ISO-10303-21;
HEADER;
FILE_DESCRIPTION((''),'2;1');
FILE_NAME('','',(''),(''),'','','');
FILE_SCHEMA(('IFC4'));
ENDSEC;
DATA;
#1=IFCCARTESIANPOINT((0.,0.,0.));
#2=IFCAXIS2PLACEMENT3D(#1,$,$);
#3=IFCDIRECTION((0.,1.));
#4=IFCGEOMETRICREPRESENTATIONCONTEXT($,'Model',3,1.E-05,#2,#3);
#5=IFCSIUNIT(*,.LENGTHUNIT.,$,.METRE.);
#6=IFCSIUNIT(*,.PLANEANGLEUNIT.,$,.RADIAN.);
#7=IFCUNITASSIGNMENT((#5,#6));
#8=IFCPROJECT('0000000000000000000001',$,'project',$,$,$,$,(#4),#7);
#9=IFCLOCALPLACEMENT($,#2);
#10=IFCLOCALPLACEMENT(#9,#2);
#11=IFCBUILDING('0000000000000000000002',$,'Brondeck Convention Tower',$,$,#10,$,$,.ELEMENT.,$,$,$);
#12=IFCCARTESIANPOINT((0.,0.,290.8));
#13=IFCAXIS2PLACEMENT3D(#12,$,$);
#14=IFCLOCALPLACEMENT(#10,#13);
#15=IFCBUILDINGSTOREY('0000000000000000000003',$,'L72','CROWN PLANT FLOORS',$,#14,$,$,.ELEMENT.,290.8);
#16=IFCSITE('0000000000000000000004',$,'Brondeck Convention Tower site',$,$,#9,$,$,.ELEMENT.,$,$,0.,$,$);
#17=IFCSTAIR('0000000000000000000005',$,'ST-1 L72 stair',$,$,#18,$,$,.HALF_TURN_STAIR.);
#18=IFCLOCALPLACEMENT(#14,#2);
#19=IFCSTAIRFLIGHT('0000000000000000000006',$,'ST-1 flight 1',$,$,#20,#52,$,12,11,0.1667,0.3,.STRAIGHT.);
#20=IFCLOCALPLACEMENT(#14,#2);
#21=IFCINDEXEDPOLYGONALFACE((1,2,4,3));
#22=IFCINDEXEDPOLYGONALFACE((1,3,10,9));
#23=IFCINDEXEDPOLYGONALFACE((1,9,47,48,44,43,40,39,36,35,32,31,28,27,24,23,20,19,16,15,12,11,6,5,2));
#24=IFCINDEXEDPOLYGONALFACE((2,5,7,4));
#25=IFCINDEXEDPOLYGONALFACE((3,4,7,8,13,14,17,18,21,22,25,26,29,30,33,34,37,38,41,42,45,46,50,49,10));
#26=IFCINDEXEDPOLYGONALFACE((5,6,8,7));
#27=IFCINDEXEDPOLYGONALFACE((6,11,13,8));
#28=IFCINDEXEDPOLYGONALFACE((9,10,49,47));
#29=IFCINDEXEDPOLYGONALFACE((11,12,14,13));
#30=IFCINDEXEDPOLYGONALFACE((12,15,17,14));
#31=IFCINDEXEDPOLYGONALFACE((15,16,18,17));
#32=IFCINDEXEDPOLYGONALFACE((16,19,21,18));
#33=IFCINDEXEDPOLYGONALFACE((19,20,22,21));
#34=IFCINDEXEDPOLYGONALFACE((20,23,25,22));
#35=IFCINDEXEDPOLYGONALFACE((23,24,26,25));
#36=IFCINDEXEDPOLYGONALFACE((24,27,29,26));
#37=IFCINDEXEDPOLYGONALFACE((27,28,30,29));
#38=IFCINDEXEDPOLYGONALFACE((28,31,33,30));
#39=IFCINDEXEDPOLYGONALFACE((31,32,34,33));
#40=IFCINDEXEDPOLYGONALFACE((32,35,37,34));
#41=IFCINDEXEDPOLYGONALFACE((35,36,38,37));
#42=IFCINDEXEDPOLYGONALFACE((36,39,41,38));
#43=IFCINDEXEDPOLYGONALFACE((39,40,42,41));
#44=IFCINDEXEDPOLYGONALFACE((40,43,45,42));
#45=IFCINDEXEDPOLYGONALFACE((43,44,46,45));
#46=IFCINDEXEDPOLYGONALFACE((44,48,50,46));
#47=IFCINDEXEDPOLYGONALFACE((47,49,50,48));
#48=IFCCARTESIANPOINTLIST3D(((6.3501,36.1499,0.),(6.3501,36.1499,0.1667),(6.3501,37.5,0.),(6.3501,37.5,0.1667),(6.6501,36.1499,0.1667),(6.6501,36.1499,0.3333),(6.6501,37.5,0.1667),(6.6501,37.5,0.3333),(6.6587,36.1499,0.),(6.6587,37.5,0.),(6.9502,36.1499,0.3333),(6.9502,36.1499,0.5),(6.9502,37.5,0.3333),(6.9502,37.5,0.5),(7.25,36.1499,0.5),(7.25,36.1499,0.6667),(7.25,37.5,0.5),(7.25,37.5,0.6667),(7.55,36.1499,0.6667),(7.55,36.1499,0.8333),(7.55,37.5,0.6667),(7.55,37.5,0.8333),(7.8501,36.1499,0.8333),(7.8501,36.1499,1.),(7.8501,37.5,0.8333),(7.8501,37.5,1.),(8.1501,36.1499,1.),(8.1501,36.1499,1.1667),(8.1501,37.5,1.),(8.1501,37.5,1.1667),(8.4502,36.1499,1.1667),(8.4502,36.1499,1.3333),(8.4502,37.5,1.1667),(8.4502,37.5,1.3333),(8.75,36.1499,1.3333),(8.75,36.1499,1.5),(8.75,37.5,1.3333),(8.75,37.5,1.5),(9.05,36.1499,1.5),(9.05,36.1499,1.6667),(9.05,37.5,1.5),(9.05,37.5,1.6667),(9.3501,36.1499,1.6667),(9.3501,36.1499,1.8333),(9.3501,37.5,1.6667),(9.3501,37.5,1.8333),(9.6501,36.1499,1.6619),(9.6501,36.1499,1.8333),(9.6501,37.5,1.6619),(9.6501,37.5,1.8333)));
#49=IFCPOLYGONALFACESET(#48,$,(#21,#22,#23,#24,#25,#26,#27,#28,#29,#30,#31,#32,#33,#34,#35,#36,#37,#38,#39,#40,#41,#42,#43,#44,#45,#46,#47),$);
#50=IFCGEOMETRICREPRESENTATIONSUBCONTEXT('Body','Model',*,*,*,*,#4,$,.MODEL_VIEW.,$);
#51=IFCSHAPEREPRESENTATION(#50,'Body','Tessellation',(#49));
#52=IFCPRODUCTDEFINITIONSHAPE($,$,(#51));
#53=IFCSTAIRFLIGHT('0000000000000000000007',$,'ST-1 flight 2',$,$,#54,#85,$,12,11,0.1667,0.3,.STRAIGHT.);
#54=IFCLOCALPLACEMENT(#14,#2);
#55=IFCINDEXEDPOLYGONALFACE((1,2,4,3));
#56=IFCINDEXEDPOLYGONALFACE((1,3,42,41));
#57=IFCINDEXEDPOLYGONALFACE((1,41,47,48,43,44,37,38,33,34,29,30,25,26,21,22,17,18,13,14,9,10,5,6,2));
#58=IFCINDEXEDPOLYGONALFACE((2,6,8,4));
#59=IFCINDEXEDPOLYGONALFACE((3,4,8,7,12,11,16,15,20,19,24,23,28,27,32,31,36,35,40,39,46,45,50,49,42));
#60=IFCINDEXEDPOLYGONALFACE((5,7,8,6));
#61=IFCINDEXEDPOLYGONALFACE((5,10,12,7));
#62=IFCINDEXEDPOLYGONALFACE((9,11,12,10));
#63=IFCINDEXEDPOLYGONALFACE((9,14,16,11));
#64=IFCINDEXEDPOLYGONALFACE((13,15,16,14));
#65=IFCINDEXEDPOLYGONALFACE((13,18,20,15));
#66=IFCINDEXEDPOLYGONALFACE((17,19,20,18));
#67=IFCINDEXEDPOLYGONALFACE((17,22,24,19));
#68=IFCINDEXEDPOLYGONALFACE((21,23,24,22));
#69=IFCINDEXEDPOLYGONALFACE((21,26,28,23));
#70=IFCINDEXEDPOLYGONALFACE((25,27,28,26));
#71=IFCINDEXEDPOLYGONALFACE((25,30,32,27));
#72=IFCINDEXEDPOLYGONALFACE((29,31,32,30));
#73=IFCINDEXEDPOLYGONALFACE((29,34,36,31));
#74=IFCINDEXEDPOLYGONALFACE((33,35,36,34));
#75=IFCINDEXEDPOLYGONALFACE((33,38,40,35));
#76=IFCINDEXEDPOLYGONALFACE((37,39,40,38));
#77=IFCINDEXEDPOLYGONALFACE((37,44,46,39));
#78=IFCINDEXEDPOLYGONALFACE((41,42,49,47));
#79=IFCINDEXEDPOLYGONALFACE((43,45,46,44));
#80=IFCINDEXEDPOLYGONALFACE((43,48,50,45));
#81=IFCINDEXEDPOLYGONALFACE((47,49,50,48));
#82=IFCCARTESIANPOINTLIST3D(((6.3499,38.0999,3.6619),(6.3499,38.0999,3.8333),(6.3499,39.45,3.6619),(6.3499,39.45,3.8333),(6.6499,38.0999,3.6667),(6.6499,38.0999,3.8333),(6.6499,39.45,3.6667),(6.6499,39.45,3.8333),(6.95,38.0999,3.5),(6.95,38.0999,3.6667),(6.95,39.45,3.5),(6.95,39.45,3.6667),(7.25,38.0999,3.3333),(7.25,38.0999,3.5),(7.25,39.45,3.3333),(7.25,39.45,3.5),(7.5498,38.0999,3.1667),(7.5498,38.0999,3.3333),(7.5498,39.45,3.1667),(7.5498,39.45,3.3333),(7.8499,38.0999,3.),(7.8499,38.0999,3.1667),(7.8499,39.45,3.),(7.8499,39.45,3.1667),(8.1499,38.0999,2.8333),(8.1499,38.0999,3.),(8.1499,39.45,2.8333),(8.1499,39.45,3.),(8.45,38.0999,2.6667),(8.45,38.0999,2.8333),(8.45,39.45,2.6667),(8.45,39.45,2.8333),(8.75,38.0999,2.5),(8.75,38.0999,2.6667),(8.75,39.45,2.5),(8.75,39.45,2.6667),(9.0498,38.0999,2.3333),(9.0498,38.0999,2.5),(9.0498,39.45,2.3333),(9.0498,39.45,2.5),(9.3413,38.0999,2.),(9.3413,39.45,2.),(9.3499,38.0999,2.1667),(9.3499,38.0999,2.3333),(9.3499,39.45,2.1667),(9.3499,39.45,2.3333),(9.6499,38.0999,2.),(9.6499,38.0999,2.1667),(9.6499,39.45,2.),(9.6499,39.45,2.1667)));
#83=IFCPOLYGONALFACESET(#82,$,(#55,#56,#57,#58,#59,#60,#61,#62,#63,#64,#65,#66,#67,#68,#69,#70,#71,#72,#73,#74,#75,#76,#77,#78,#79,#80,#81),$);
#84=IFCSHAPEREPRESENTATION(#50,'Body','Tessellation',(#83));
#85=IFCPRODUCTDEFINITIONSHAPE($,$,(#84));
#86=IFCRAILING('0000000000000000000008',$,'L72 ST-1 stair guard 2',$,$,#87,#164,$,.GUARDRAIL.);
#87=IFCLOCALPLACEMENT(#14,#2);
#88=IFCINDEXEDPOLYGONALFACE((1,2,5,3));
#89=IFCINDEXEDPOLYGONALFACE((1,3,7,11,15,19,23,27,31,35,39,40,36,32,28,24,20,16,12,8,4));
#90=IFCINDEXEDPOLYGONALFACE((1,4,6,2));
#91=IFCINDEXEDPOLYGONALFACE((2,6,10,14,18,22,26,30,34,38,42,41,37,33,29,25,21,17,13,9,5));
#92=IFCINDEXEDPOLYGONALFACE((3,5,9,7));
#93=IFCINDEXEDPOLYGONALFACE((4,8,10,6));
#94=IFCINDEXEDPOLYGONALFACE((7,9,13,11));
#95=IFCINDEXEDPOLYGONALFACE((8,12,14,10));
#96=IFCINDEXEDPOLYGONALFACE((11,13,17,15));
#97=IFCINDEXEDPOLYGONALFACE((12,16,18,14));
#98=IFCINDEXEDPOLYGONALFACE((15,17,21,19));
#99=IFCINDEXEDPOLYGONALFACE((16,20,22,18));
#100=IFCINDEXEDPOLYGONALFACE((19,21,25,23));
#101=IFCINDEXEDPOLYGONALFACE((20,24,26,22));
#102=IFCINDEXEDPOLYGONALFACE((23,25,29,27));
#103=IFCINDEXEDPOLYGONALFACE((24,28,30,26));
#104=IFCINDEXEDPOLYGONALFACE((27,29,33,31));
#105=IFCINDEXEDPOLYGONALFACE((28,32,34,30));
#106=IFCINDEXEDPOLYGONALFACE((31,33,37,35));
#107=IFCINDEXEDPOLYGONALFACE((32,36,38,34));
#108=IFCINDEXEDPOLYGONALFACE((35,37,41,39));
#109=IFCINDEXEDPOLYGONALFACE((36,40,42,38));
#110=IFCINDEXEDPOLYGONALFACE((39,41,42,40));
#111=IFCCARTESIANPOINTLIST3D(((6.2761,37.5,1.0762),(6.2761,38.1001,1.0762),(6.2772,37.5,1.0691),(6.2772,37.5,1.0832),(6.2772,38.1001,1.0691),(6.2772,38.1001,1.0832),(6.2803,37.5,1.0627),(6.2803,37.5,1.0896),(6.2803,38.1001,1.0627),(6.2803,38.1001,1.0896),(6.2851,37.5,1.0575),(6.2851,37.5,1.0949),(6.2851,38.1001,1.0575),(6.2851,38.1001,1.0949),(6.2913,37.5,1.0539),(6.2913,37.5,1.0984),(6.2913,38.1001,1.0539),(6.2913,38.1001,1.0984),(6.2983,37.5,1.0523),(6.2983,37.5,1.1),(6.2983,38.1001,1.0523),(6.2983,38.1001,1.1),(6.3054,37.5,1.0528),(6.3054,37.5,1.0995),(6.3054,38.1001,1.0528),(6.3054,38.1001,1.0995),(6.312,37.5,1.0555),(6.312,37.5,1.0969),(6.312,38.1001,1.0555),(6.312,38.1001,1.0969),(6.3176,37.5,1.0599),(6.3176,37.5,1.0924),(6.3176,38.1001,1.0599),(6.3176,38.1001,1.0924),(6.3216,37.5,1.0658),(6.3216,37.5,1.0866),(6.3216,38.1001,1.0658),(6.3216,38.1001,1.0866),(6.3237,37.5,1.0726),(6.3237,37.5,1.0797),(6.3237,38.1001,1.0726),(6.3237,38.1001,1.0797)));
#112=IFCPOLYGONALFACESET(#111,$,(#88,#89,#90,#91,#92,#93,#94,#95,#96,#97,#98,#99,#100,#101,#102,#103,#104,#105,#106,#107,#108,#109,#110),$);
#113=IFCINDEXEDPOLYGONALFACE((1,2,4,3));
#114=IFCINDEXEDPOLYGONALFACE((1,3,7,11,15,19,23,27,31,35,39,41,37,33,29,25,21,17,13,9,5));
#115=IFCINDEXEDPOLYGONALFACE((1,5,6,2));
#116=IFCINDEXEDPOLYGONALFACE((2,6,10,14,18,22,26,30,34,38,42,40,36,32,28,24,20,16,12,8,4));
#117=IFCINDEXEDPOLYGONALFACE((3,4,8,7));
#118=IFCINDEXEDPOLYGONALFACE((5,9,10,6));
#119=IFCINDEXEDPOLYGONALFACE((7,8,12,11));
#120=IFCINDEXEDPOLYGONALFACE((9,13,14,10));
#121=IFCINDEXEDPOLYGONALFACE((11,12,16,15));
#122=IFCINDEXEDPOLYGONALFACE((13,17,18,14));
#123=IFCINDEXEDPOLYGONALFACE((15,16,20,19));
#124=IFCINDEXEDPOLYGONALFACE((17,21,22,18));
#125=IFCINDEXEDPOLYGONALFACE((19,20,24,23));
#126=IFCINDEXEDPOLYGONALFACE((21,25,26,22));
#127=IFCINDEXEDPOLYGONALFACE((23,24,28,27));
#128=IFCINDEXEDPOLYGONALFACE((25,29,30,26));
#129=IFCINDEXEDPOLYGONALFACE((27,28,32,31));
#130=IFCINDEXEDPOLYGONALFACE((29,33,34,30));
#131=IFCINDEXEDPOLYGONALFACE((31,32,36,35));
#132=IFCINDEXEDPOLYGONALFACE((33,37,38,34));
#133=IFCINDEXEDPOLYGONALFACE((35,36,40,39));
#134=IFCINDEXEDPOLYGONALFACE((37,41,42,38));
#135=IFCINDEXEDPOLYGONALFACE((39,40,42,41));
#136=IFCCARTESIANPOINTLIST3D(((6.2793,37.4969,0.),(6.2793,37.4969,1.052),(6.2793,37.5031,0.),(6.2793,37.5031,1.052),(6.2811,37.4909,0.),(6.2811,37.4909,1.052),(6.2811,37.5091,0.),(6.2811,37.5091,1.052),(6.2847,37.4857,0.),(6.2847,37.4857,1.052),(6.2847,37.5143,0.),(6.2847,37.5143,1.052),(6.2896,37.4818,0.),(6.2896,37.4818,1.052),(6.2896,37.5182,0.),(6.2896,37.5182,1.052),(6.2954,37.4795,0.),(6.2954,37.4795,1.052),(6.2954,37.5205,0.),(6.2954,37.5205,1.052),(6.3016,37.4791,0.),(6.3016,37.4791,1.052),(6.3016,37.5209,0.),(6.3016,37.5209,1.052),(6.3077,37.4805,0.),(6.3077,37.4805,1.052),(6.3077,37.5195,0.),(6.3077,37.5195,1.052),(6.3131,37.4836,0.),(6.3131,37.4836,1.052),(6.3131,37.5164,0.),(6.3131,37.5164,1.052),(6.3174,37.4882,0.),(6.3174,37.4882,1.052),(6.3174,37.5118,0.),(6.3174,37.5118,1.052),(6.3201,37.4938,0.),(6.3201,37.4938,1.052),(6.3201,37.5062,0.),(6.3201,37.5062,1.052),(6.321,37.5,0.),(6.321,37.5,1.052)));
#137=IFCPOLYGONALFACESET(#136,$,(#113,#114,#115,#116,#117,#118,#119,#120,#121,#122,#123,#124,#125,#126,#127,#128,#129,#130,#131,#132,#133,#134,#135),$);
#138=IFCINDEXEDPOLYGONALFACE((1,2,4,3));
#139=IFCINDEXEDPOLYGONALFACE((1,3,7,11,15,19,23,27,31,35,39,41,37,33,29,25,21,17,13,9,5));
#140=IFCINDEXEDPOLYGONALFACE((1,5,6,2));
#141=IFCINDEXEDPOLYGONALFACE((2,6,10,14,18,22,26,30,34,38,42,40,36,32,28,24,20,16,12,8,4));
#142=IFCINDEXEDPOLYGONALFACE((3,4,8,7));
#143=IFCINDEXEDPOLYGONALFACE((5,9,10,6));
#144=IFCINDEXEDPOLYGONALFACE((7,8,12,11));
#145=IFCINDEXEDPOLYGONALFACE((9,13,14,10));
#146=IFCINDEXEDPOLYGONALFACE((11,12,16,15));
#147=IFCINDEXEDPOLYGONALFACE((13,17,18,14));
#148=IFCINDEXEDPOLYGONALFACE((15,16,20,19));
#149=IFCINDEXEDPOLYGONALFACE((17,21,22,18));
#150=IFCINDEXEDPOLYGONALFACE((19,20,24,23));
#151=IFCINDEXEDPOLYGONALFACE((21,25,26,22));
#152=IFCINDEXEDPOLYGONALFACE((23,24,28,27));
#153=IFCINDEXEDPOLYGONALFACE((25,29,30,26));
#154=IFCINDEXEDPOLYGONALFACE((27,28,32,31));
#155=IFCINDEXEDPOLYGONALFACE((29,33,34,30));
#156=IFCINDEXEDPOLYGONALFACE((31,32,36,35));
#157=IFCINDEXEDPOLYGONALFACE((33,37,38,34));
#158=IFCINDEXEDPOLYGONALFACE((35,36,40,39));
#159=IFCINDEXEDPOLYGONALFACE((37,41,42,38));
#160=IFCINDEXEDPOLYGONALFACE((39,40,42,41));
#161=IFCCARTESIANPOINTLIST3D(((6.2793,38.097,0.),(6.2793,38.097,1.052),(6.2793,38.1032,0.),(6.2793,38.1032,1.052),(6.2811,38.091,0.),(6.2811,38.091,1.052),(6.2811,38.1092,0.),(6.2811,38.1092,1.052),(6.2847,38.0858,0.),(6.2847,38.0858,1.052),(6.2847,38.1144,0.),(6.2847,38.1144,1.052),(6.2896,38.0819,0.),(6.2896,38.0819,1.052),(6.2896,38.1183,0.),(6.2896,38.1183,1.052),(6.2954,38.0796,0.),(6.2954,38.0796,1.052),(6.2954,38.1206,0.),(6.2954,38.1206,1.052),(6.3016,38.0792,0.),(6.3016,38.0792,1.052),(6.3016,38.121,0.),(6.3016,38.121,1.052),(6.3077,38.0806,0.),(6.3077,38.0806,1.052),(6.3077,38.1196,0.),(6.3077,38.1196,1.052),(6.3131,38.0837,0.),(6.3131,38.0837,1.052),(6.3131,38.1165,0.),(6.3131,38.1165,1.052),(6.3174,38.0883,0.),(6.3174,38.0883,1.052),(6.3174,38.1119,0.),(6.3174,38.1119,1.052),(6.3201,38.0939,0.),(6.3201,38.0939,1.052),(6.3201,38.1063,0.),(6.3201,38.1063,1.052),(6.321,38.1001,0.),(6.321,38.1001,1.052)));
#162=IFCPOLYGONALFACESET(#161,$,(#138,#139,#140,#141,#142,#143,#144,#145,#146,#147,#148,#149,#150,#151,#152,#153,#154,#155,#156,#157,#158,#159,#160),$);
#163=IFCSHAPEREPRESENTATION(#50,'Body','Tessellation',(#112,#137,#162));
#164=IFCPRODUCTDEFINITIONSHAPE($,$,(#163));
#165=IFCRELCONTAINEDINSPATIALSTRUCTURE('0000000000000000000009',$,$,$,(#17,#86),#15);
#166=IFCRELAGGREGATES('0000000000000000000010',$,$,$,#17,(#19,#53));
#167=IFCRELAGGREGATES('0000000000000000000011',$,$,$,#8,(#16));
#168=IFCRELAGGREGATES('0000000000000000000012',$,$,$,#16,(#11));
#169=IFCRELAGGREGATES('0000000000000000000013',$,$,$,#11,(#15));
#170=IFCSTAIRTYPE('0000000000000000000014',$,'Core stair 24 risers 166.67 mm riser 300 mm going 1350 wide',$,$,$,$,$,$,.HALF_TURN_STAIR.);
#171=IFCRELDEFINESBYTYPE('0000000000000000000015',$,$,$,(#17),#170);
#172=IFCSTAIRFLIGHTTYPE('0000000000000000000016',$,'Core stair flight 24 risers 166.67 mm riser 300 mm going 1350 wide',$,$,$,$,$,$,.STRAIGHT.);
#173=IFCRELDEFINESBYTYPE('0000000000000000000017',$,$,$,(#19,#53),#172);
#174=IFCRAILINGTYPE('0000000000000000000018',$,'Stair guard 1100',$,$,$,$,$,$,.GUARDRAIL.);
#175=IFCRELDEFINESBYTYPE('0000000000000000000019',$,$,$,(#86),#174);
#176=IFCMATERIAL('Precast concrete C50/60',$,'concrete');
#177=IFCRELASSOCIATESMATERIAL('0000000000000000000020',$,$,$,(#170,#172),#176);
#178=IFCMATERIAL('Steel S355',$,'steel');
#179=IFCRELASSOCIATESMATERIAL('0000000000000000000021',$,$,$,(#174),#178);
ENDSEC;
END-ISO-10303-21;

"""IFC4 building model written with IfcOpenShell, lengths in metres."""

from ifc_helpers import new_model, si_unit, direction, frame, origin, origin_2d, place, context, subcontext, project, spatial, polyline, circle, outline, extrude, material, type_object, element, aggregate, save


model = new_model("IFC4")

# Units and contexts
model_context = context("Model", 3, precision=1e-05, world=origin(), true_north=direction((0.0, 1.0)))
body_context = subcontext(model_context, "Body", "Model", "MODEL_VIEW")
ifc_project = project(units=[si_unit("LENGTHUNIT", "METRE"), si_unit("PLANEANGLEUNIT", "RADIAN")], contexts=[model_context])

# Site, building, storey
site_placement = place(None, origin())
site = spatial("IfcSite", under=ifc_project, at=site_placement, Name="Brondeck Convention Tower site", CompositionType="ELEMENT", RefElevation=0.0)
building_placement = place(site_placement, origin())
building = spatial("IfcBuilding", under=site, at=building_placement, Name="Brondeck Convention Tower", CompositionType="ELEMENT")
storey_placement = place(building_placement, frame((0.0, 0.0, 290.8)))
storey = spatial("IfcBuildingStorey", under=building, at=storey_placement, Name="L72", Description="CROWN PLANT FLOORS", CompositionType="ELEMENT", Elevation=290.8)

# Stair, stair flights
ifc_material_1 = material(Name="Precast concrete C50/60", Category="concrete")
stair_type = type_object("IfcStairType", Name="Core stair 24 risers 166.67 mm riser 300 mm going 1350 wide", PredefinedType="HALF_TURN_STAIR", material=ifc_material_1)
stair_placement = place(storey_placement, origin())
stair = element("IfcStair", 1, at=stair_placement, inside=storey, type_object=stair_type, Name="ST-1 L72 stair", PredefinedType="HALF_TURN_STAIR")
stair_flight_type = type_object("IfcStairFlightType", Name="Core stair flight 24 risers 166.67 mm riser 300 mm going 1350 wide", PredefinedType="STRAIGHT", material=ifc_material_1)
stair_flight_1_placement = place(storey_placement, frame((6.3501, 36.825, 0.0), z_axis=(0.0, 0.0, 1.0), x_axis=(1.0, 0.0, 0.0)))
stair_flight_1 = element("IfcStairFlight", 2, at=stair_flight_1_placement, type_object=stair_flight_type, Name="ST-1 flight 1", NumberOfRisers=12, NumberOfTreads=11, PredefinedType="STRAIGHT", RiserHeight=0.1667, TreadLength=0.3, context=body_context, shape_type="SweptSolid", body=[
    extrude(outline(polyline([(0.0, 0.0), (0.0, 0.1667), (0.3, 0.1667), (0.3, 0.3333), (0.6001, 0.3333), (0.6001, 0.5), (0.8999, 0.5), (0.8999, 0.6667), (1.2, 0.6667), (1.2, 0.8333), (1.5, 0.8333), (1.5, 1.0), (1.8, 1.0), (1.8, 1.1667), (2.1001, 1.1667), (2.1001, 1.3333), (2.3999, 1.3333), (2.3999, 1.5), (2.7, 1.5), (2.7, 1.6667), (3.0, 1.6667), (3.0, 1.8333), (3.3, 1.8333), (3.3, 2.0), (3.3, 1.6619), (0.3086, 0.0), (0.0, 0.0)])), frame((0.0, 0.675, 0.0), z_axis=(0.0, -1.0, 0.0), x_axis=(1.0, 0.0, 0.0)), (0.0, 0.0, 1.0), 1.3501),
])
stair_flight_2_placement = place(storey_placement, frame((9.6499, 38.7749, 2.0), z_axis=(0.0, 0.0, 1.0), x_axis=(-1.0, 0.0, 0.0)))
stair_flight_2 = element("IfcStairFlight", 3, at=stair_flight_2_placement, type_object=stair_flight_type, Name="ST-1 flight 2", NumberOfRisers=12, NumberOfTreads=11, PredefinedType="STRAIGHT", RiserHeight=0.1667, TreadLength=0.3, context=body_context, shape_type="SweptSolid", body=[
    extrude(outline(polyline([(0.0, 0.0), (0.0, 0.1667), (0.3, 0.1667), (0.3, 0.3333), (0.6001, 0.3333), (0.6001, 0.5), (0.8999, 0.5), (0.8999, 0.6667), (1.2, 0.6667), (1.2, 0.8333), (1.5, 0.8333), (1.5, 1.0), (1.8, 1.0), (1.8, 1.1667), (2.1001, 1.1667), (2.1001, 1.3333), (2.3999, 1.3333), (2.3999, 1.5), (2.7, 1.5), (2.7, 1.6667), (3.0, 1.6667), (3.0, 1.8333), (3.3, 1.8333), (3.3, 2.0), (3.3, 1.6619), (0.3086, 0.0), (0.0, 0.0)])), frame((0.0, 0.675, 0.0), z_axis=(0.0, -1.0, 0.0), x_axis=(1.0, 0.0, 0.0)), (0.0, 0.0, 1.0), 1.3501),
])
aggregate(stair, [stair_flight_1, stair_flight_2])

# Railing
ifc_material_2 = material(Name="Steel S355", Category="steel")
railing_type_1 = type_object("IfcRailingType", Name="Stair guard 1100", PredefinedType="GUARDRAIL", material=ifc_material_2)
railing_1_placement = place(storey_placement, frame((6.3, 37.5, 0.0)))
element("IfcRailing", 4, at=railing_1_placement, inside=storey, type_object=railing_type_1, Name="L72 ST-1 stair guard 2", PredefinedType="GUARDRAIL", context=body_context, shape_type="SweptSolid", body=[
    extrude(circle(Radius=0.0239, at=origin_2d()), frame((0.0, 0.0, 1.0762), z_axis=(0.0, 1.0, 0.0), x_axis=(-1.0, 0.0, 0.0)), (0.0, 0.0, 1.0), 0.6001),
    extrude(circle(Radius=0.021, at=origin_2d()), origin(), (0.0, 0.0, 1.0), 1.052),
    extrude(circle(Radius=0.021, at=origin_2d()), frame((0.0, 0.6001, 0.0)), (0.0, 0.0, 1.0), 1.052),
])

save(model, "model.ifc")
